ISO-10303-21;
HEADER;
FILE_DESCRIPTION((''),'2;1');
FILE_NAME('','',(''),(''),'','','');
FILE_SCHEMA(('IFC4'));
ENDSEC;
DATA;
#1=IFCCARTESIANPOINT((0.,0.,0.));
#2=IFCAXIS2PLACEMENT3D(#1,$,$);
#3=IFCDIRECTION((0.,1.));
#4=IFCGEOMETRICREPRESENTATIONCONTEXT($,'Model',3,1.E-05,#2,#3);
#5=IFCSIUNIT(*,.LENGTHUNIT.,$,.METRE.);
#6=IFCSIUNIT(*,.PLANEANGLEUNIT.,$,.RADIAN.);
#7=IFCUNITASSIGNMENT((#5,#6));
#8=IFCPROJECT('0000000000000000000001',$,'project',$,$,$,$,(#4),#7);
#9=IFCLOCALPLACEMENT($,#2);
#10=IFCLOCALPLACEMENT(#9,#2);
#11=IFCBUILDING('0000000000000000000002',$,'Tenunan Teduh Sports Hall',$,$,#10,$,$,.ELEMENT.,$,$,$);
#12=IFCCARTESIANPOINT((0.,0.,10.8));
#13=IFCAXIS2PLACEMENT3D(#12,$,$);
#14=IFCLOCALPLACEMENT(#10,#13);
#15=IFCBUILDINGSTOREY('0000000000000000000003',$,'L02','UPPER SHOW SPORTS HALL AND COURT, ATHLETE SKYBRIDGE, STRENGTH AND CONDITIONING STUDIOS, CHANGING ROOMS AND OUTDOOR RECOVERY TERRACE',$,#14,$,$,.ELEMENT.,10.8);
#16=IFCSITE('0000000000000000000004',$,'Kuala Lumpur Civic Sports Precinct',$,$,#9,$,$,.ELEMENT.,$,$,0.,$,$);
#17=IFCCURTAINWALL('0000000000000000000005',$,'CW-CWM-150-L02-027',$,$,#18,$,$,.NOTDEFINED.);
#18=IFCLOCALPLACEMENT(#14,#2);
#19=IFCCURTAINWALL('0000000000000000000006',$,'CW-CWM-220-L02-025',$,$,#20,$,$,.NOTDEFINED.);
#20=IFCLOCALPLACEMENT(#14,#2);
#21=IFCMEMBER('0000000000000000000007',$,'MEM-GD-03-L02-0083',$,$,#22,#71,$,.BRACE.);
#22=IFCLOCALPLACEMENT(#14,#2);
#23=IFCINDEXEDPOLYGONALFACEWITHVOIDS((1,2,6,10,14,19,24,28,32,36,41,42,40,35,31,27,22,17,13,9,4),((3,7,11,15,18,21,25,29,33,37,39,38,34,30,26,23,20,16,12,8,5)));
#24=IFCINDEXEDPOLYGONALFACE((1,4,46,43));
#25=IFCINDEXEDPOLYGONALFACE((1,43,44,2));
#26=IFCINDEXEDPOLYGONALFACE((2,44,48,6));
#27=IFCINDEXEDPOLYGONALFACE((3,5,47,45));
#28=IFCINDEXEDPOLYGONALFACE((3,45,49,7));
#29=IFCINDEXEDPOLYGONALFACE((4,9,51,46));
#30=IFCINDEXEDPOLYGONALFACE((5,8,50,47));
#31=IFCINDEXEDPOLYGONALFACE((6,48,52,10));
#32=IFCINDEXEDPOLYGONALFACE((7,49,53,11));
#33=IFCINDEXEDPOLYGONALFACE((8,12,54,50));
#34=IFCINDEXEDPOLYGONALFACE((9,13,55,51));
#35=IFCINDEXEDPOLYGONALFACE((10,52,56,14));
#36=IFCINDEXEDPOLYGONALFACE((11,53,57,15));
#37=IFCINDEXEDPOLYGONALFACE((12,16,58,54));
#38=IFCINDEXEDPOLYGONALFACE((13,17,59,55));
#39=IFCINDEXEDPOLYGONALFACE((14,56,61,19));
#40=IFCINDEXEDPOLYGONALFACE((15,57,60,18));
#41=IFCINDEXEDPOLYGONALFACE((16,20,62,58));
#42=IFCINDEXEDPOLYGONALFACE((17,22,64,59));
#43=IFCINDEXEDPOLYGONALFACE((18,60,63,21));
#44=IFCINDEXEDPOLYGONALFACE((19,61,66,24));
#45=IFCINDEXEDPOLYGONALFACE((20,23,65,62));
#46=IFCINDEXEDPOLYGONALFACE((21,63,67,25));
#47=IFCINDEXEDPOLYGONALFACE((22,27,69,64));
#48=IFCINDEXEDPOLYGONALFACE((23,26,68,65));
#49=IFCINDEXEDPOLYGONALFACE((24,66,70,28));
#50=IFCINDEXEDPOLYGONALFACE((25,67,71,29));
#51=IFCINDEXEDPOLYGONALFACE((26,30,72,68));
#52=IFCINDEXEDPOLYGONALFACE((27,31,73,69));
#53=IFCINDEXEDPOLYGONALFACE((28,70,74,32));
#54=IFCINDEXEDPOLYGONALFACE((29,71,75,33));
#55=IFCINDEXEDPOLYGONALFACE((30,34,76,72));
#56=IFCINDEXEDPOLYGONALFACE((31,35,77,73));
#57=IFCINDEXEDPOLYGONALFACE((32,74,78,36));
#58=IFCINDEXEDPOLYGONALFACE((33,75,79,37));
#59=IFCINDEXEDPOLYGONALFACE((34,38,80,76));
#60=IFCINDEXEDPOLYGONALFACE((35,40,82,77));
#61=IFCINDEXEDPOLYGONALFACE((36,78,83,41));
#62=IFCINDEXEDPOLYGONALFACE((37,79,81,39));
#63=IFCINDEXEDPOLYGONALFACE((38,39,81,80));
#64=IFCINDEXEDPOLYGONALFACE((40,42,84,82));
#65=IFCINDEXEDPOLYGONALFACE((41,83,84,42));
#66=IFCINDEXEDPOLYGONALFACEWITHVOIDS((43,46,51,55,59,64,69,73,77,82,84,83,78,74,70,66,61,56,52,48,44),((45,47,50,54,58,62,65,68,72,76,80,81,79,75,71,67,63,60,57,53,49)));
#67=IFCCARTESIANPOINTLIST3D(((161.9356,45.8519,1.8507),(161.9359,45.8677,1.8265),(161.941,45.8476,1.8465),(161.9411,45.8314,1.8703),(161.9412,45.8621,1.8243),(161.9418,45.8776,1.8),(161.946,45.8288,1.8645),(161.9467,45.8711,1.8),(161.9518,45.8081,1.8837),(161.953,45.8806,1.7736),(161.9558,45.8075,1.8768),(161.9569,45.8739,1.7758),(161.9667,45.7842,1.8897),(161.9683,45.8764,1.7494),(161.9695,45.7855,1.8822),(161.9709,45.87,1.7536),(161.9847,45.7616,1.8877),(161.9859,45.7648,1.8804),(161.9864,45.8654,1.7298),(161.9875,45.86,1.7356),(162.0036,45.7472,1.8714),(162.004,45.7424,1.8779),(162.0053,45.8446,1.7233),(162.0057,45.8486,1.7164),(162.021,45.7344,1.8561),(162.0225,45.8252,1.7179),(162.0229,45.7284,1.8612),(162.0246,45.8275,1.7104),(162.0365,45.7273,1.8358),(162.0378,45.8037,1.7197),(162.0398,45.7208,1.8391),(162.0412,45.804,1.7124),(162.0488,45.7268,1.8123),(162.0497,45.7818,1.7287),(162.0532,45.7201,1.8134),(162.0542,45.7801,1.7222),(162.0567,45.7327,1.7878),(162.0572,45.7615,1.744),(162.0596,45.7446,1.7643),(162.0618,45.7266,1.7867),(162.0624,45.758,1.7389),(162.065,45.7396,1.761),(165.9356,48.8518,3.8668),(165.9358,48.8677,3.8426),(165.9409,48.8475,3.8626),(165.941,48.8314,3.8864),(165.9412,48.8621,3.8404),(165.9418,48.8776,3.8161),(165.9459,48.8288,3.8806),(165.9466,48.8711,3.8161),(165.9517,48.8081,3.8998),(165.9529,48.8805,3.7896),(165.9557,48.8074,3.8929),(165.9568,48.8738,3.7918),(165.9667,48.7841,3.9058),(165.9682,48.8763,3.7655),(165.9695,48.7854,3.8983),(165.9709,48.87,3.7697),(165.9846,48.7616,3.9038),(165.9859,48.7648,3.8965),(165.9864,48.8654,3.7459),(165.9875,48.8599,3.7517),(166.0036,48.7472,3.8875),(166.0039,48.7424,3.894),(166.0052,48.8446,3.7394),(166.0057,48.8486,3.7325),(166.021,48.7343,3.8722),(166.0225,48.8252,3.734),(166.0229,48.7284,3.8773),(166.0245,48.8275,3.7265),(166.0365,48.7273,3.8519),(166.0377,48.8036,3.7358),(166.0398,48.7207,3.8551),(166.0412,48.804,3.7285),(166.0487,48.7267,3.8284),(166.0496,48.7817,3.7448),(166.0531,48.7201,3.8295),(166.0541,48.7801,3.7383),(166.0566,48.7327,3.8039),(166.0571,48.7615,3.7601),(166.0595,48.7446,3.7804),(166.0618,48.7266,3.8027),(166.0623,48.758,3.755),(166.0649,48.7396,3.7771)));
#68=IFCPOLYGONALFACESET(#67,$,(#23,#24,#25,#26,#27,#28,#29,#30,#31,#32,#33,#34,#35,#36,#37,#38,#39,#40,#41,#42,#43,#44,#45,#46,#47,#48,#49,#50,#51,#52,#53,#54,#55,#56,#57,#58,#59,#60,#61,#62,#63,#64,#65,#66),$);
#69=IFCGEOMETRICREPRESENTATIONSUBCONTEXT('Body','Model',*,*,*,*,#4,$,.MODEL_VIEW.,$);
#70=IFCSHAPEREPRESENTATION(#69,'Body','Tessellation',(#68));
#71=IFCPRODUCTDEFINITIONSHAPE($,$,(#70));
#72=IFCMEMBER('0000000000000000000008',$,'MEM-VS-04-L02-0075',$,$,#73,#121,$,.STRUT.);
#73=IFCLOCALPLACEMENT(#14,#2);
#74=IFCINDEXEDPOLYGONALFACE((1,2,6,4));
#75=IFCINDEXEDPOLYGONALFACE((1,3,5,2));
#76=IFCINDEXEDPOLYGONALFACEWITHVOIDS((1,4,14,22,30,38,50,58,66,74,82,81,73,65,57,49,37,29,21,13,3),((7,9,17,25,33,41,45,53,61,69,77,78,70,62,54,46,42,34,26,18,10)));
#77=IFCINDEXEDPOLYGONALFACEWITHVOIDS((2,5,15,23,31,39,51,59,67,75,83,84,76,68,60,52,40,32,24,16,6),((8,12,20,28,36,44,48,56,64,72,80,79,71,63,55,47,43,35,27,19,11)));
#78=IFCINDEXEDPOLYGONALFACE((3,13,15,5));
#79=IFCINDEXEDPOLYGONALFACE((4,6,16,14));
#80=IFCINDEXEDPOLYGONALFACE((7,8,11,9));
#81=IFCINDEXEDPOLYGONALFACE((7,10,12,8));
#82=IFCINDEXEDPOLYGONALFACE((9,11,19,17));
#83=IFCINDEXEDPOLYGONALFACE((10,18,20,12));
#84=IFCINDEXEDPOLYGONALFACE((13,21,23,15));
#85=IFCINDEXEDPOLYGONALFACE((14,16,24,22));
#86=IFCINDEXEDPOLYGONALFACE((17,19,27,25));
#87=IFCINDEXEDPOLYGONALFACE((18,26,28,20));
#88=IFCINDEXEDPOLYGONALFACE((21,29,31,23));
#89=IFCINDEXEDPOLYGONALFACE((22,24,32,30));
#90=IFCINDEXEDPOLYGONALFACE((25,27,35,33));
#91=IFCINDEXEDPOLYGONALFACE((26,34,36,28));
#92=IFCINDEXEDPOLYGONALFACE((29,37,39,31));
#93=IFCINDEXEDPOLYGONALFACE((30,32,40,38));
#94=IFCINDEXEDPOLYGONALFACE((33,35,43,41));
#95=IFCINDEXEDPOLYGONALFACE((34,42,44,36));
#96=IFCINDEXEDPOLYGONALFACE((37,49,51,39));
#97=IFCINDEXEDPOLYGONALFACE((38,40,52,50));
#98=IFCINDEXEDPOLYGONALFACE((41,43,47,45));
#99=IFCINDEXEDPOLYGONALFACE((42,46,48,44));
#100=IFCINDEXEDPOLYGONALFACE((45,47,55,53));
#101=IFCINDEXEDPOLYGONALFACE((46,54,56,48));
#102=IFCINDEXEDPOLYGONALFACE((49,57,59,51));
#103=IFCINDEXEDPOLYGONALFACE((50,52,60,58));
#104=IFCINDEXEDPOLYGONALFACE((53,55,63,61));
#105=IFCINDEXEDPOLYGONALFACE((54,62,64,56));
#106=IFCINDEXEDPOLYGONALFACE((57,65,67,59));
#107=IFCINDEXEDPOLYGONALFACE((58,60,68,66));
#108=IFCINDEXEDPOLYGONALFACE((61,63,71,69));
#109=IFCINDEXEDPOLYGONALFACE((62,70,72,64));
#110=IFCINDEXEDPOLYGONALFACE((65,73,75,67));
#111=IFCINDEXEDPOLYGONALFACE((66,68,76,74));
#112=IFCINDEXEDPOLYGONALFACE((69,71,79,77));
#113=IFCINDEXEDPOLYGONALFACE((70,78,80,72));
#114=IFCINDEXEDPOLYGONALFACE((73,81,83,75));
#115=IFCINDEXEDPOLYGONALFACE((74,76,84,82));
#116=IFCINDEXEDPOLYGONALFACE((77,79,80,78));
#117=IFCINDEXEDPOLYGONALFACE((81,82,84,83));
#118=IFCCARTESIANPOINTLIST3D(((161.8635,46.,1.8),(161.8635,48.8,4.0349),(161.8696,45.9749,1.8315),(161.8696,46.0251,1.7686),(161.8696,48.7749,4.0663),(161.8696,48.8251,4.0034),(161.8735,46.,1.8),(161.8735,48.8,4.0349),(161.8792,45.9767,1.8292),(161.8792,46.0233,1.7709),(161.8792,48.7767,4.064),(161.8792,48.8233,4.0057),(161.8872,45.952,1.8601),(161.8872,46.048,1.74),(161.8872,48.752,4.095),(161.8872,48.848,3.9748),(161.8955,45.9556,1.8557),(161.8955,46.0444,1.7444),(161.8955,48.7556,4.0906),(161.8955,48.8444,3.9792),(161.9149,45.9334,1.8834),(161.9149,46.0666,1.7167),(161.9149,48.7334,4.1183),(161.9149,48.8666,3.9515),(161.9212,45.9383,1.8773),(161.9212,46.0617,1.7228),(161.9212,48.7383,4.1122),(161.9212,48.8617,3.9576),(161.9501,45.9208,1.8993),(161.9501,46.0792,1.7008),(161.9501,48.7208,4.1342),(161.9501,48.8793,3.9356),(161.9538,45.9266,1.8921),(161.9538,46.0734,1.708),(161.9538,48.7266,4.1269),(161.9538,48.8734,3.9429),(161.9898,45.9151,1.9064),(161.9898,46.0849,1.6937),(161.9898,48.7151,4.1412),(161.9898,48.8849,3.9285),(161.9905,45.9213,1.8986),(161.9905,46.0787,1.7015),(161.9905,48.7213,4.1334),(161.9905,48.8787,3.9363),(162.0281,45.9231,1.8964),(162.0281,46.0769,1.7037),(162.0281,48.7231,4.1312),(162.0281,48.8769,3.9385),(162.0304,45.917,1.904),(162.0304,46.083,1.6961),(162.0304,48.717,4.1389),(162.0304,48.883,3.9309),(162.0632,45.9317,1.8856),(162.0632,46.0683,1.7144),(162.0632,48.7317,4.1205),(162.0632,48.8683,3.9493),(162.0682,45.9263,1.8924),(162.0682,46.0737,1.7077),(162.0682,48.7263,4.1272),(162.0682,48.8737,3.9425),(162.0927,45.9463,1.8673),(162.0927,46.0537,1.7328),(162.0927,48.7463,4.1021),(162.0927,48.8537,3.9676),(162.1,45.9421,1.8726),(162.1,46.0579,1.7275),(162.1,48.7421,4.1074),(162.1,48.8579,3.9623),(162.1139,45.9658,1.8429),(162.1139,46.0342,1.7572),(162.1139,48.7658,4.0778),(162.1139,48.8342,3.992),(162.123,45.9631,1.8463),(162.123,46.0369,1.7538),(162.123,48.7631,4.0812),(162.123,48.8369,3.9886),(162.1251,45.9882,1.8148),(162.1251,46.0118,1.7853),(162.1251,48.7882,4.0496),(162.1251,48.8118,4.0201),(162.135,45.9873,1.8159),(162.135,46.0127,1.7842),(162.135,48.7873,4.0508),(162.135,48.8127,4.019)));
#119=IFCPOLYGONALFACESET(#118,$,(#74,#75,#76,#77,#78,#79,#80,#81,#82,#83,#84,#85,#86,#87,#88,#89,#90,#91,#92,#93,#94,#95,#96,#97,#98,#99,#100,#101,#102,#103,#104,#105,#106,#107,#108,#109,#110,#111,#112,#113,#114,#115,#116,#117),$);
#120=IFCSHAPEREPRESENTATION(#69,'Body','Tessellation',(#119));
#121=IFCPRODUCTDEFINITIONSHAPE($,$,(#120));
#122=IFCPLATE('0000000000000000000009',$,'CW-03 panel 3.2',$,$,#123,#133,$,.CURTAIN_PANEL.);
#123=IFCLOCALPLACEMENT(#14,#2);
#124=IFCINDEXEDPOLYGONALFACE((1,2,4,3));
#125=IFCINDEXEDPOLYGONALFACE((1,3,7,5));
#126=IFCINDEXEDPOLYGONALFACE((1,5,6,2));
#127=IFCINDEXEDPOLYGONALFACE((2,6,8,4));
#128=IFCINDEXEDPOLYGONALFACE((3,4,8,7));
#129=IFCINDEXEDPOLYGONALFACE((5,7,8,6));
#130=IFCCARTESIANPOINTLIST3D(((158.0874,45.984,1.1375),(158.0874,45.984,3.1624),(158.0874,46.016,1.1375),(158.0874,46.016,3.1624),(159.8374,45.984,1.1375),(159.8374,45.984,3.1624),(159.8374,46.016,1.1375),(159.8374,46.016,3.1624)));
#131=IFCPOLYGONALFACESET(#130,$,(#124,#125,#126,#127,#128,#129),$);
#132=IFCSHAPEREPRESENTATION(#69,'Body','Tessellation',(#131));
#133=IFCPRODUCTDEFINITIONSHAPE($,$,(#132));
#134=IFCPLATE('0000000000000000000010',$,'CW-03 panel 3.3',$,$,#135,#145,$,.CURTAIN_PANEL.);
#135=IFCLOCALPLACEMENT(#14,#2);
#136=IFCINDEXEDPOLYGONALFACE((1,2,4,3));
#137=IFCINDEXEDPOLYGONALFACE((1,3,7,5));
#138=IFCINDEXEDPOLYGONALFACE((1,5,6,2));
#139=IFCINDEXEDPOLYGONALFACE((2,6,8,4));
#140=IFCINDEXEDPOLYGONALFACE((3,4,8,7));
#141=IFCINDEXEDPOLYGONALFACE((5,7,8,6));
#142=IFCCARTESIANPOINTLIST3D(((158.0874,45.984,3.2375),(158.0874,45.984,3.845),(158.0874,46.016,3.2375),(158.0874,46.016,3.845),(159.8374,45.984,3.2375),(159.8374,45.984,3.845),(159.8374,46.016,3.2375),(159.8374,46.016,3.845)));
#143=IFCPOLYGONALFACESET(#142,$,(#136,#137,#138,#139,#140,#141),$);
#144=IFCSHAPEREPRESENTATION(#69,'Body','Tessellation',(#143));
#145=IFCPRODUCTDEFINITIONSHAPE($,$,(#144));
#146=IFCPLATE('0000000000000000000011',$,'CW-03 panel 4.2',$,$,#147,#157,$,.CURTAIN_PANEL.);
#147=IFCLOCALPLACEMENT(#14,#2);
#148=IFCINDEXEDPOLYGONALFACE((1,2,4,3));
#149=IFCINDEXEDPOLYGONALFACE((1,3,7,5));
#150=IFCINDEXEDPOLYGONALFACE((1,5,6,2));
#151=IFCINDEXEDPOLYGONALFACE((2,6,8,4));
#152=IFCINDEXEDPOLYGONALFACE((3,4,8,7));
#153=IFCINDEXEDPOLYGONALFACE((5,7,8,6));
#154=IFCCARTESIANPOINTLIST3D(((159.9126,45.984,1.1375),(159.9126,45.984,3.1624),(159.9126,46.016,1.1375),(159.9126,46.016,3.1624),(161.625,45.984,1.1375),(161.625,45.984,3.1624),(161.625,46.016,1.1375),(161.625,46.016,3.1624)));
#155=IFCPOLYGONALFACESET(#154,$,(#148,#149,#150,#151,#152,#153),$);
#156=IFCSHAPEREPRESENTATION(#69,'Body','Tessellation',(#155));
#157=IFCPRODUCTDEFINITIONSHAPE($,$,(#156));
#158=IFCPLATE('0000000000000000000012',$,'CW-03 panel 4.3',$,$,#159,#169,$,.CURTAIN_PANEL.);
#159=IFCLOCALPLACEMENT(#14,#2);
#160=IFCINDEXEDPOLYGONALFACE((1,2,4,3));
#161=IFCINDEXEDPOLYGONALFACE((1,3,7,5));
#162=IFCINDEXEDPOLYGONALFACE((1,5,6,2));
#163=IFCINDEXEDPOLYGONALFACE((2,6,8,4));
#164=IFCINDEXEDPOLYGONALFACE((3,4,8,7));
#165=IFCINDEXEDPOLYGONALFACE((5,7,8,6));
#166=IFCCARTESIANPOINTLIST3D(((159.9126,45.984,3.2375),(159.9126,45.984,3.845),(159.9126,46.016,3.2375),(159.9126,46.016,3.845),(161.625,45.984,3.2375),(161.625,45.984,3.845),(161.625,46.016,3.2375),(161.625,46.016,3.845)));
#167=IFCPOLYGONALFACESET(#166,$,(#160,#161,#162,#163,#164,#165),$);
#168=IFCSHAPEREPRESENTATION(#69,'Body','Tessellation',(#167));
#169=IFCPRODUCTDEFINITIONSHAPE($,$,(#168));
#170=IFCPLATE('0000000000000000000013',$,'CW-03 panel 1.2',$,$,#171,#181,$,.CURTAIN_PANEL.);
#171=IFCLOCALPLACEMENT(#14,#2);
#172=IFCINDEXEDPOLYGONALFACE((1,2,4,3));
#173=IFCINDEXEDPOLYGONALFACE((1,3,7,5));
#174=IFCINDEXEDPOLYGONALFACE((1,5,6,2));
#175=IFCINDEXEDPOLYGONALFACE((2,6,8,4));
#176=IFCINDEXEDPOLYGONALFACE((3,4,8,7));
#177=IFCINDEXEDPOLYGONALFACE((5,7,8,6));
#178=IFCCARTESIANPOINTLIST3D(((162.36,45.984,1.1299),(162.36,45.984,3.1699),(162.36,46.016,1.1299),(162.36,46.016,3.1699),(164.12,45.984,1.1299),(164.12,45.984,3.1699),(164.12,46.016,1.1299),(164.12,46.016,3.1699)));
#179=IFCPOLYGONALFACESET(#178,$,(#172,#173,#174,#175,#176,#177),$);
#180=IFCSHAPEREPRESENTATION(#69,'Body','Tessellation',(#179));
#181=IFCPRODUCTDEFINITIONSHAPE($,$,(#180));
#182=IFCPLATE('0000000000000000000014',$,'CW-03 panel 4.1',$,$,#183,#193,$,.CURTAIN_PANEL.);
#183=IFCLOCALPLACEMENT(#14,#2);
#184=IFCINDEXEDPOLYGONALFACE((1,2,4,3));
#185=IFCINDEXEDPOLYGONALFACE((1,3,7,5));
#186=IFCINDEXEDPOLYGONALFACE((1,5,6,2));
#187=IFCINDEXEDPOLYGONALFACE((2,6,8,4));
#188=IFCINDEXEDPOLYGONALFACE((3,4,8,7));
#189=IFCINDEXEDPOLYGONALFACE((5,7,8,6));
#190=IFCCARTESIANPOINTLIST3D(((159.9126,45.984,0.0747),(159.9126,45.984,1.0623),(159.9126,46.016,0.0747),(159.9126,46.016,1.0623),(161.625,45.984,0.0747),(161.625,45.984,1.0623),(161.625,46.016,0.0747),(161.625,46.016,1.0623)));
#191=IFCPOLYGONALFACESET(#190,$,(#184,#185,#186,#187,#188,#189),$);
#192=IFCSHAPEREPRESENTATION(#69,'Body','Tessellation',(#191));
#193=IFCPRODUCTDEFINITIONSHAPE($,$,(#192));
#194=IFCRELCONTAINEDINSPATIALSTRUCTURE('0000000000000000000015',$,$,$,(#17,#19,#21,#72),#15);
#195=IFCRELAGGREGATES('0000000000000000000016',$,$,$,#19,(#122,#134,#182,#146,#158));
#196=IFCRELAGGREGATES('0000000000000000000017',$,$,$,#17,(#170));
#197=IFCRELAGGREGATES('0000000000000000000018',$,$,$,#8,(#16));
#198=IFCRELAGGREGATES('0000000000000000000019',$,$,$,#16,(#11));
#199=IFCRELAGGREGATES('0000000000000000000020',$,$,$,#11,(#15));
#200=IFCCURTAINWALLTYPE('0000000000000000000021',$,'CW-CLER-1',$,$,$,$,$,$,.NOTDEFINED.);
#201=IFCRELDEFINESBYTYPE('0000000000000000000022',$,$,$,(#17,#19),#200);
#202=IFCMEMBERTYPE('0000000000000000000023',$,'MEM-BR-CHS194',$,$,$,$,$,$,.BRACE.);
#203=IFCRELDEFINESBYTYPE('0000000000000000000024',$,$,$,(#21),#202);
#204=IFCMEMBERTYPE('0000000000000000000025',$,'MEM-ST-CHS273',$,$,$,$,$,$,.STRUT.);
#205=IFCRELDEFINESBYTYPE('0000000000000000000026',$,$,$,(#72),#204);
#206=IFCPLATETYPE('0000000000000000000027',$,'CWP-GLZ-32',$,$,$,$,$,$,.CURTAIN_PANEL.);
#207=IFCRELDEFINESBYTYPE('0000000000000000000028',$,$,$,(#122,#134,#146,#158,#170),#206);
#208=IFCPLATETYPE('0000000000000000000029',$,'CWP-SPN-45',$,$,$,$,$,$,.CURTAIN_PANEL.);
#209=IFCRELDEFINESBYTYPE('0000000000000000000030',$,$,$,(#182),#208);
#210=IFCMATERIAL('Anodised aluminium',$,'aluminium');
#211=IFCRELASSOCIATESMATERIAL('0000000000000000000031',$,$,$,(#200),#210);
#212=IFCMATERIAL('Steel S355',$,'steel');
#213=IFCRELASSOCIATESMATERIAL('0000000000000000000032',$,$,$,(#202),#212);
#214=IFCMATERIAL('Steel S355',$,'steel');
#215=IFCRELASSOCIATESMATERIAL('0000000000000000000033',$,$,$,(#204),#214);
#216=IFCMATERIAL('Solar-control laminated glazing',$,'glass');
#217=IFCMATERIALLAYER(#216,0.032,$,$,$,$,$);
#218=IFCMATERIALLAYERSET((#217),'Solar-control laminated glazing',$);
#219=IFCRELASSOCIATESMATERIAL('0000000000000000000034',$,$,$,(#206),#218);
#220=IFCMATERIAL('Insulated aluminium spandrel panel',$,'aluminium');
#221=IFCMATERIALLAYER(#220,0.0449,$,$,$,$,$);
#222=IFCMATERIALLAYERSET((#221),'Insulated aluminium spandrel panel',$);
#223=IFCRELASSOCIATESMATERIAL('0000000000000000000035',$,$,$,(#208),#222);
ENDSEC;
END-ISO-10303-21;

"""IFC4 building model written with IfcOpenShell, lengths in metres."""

from ifc_helpers import new_model, si_unit, direction, frame, origin, origin_2d, place, context, subcontext, project, spatial, rectangle, hollow_circle, extrude, material, layer, layer_set, material_profile, profile_set, type_object, element, aggregate, save


model = new_model("IFC4")

# Units and contexts
model_context = context("Model", 3, precision=1e-05, world=origin(), true_north=direction((0.0, 1.0)))
body_context = subcontext(model_context, "Body", "Model", "MODEL_VIEW")
ifc_project = project(units=[si_unit("LENGTHUNIT", "METRE"), si_unit("PLANEANGLEUNIT", "RADIAN")], contexts=[model_context])

# Site, building, storey
site_placement = place(None, origin())
site = spatial("IfcSite", under=ifc_project, at=site_placement, Name="Kuala Lumpur Civic Sports Precinct", CompositionType="ELEMENT", RefElevation=0.0)
building_placement = place(site_placement, origin())
building = spatial("IfcBuilding", under=site, at=building_placement, Name="Tenunan Teduh Sports Hall", CompositionType="ELEMENT")
storey_placement = place(building_placement, frame((0.0, 0.0, 10.8)))
storey = spatial("IfcBuildingStorey", under=building, at=storey_placement, Name="L02", Description="UPPER SHOW SPORTS HALL AND COURT, ATHLETE SKYBRIDGE, STRENGTH AND CONDITIONING STUDIOS, CHANGING ROOMS AND OUTDOOR RECOVERY TERRACE", CompositionType="ELEMENT", Elevation=10.8)

# Curtain wall
ifc_material_1 = material(Name="Anodised aluminium", Category="aluminium")
curtain_wall_type = type_object("IfcCurtainWallType", Name="CW-CLER-1", PredefinedType="NOTDEFINED", material=ifc_material_1)
curtain_wall_1_placement = place(storey_placement, origin())
curtain_wall_1 = element("IfcCurtainWall", 1, at=curtain_wall_1_placement, inside=storey, type_object=curtain_wall_type, Name="CW-CWM-150-L02-027", PredefinedType="NOTDEFINED")

# Curtain wall
curtain_wall_2_placement = place(storey_placement, origin())
curtain_wall_2 = element("IfcCurtainWall", 2, at=curtain_wall_2_placement, inside=storey, type_object=curtain_wall_type, Name="CW-CWM-220-L02-025", PredefinedType="NOTDEFINED")

# Members
ifc_material_2 = material(Name="Steel S355", Category="steel")
ifc_material_profile_1 = material_profile(ifc_material_2, hollow_circle(Radius=0.0969, WallThickness=0.0081, at=origin_2d()), Name="CHS 193.7x8.0")
ifc_profile_set_1 = profile_set([ifc_material_profile_1], Name="Steel S355")
member_type_1 = type_object("IfcMemberType", Name="MEM-BR-CHS194", PredefinedType="BRACE", material=ifc_profile_set_1)
member_1_placement = place(storey_placement, frame((162.0, 45.8, 1.8), z_axis=(0.741954, 0.556465, 0.373966), x_axis=(-0.6, 0.8, 0.0)))
element("IfcMember", 3, at=member_1_placement, inside=storey, type_object=member_type_1, Name="MEM-GD-03-L02-0083", PredefinedType="BRACE", context=body_context, shape_type="SweptSolid", body=[
    extrude(hollow_circle(Radius=0.0969, WallThickness=0.0081, at=origin_2d()), origin(), (0.0, 0.0, 1.0), 5.3911),
])
ifc_material_3 = material(Name="Steel S355", Category="steel")
ifc_material_profile_2 = material_profile(ifc_material_3, hollow_circle(Radius=0.1365, WallThickness=0.01, at=origin_2d()), Name="CHS 273.0x10.0")
ifc_profile_set_2 = profile_set([ifc_material_profile_2], Name="Steel S355")
member_type_2 = type_object("IfcMemberType", Name="MEM-ST-CHS273", PredefinedType="STRUT", material=ifc_profile_set_2)
member_2_placement = place(storey_placement, frame((162.0, 46.0, 1.8), z_axis=(0.0, 0.781573, 0.623814), x_axis=(-1.0, 0.0, 0.0)))
element("IfcMember", 4, at=member_2_placement, inside=storey, type_object=member_type_2, Name="MEM-VS-04-L02-0075", PredefinedType="STRUT", context=body_context, shape_type="SweptSolid", body=[
    extrude(hollow_circle(Radius=0.1365, WallThickness=0.01, at=origin_2d()), origin(), (0.0, 0.0, 1.0), 3.5825),
])

# Plates
ifc_material_4 = material(Name="Solar-control laminated glazing", Category="glass")
ifc_layer_1 = layer(ifc_material_4, 0.032)
ifc_layer_set_1 = layer_set([ifc_layer_1], Name="Solar-control laminated glazing")
plate_type_1 = type_object("IfcPlateType", Name="CWP-GLZ-32", PredefinedType="CURTAIN_PANEL", material=ifc_layer_set_1)
plate_1_placement = place(storey_placement, frame((158.9624, 46.0, 1.1375), z_axis=(0.0, 0.0, 1.0), x_axis=(1.0, 0.0, 0.0)))
plate_1 = element("IfcPlate", 5, at=plate_1_placement, type_object=plate_type_1, Name="CW-03 panel 3.2", PredefinedType="CURTAIN_PANEL", context=body_context, shape_type="SweptSolid", body=[
    extrude(rectangle(XDim=1.75, YDim=0.032, at=origin_2d()), origin(), (0.0, 0.0, 1.0), 2.0249),
])
plate_2_placement = place(storey_placement, frame((158.9624, 46.0, 3.2375), z_axis=(0.0, 0.0, 1.0), x_axis=(1.0, 0.0, 0.0)))
plate_2 = element("IfcPlate", 6, at=plate_2_placement, type_object=plate_type_1, Name="CW-03 panel 3.3", PredefinedType="CURTAIN_PANEL", context=body_context, shape_type="SweptSolid", body=[
    extrude(rectangle(XDim=1.75, YDim=0.032, at=origin_2d()), origin(), (0.0, 0.0, 1.0), 0.6074),
])
plate_3_placement = place(storey_placement, frame((160.7688, 46.0, 1.1375), z_axis=(0.0, 0.0, 1.0), x_axis=(1.0, 0.0, 0.0)))
plate_3 = element("IfcPlate", 7, at=plate_3_placement, type_object=plate_type_1, Name="CW-03 panel 4.2", PredefinedType="CURTAIN_PANEL", context=body_context, shape_type="SweptSolid", body=[
    extrude(rectangle(XDim=1.7124, YDim=0.032, at=origin_2d()), origin(), (0.0, 0.0, 1.0), 2.0249),
])
plate_4_placement = place(storey_placement, frame((160.7688, 46.0, 3.2375), z_axis=(0.0, 0.0, 1.0), x_axis=(1.0, 0.0, 0.0)))
plate_4 = element("IfcPlate", 8, at=plate_4_placement, type_object=plate_type_1, Name="CW-03 panel 4.3", PredefinedType="CURTAIN_PANEL", context=body_context, shape_type="SweptSolid", body=[
    extrude(rectangle(XDim=1.7124, YDim=0.032, at=origin_2d()), origin(), (0.0, 0.0, 1.0), 0.6074),
])
plate_5_placement = place(storey_placement, frame((163.24, 46.0, 1.1299), z_axis=(0.0, 0.0, 1.0), x_axis=(1.0, 0.0, 0.0)))
plate_5 = element("IfcPlate", 9, at=plate_5_placement, type_object=plate_type_1, Name="CW-03 panel 1.2", PredefinedType="CURTAIN_PANEL", context=body_context, shape_type="SweptSolid", body=[
    extrude(rectangle(XDim=1.76, YDim=0.032, at=origin_2d()), origin(), (0.0, 0.0, 1.0), 2.04),
])
ifc_material_5 = material(Name="Insulated aluminium spandrel panel", Category="aluminium")
ifc_layer_2 = layer(ifc_material_5, 0.0449)
ifc_layer_set_2 = layer_set([ifc_layer_2], Name="Insulated aluminium spandrel panel")
plate_type_2 = type_object("IfcPlateType", Name="CWP-SPN-45", PredefinedType="CURTAIN_PANEL", material=ifc_layer_set_2)
plate_6_placement = place(storey_placement, frame((160.7688, 46.0, 0.0747), z_axis=(0.0, 0.0, 1.0), x_axis=(1.0, 0.0, 0.0)))
plate_6 = element("IfcPlate", 10, at=plate_6_placement, type_object=plate_type_2, Name="CW-03 panel 4.1", PredefinedType="CURTAIN_PANEL", context=body_context, shape_type="SweptSolid", body=[
    extrude(rectangle(XDim=1.7124, YDim=0.032, at=origin_2d()), origin(), (0.0, 0.0, 1.0), 0.9875),
])
aggregate(curtain_wall_2, [plate_1, plate_2, plate_6, plate_3, plate_4])
aggregate(curtain_wall_1, [plate_5])

save(model, "model.ifc")
